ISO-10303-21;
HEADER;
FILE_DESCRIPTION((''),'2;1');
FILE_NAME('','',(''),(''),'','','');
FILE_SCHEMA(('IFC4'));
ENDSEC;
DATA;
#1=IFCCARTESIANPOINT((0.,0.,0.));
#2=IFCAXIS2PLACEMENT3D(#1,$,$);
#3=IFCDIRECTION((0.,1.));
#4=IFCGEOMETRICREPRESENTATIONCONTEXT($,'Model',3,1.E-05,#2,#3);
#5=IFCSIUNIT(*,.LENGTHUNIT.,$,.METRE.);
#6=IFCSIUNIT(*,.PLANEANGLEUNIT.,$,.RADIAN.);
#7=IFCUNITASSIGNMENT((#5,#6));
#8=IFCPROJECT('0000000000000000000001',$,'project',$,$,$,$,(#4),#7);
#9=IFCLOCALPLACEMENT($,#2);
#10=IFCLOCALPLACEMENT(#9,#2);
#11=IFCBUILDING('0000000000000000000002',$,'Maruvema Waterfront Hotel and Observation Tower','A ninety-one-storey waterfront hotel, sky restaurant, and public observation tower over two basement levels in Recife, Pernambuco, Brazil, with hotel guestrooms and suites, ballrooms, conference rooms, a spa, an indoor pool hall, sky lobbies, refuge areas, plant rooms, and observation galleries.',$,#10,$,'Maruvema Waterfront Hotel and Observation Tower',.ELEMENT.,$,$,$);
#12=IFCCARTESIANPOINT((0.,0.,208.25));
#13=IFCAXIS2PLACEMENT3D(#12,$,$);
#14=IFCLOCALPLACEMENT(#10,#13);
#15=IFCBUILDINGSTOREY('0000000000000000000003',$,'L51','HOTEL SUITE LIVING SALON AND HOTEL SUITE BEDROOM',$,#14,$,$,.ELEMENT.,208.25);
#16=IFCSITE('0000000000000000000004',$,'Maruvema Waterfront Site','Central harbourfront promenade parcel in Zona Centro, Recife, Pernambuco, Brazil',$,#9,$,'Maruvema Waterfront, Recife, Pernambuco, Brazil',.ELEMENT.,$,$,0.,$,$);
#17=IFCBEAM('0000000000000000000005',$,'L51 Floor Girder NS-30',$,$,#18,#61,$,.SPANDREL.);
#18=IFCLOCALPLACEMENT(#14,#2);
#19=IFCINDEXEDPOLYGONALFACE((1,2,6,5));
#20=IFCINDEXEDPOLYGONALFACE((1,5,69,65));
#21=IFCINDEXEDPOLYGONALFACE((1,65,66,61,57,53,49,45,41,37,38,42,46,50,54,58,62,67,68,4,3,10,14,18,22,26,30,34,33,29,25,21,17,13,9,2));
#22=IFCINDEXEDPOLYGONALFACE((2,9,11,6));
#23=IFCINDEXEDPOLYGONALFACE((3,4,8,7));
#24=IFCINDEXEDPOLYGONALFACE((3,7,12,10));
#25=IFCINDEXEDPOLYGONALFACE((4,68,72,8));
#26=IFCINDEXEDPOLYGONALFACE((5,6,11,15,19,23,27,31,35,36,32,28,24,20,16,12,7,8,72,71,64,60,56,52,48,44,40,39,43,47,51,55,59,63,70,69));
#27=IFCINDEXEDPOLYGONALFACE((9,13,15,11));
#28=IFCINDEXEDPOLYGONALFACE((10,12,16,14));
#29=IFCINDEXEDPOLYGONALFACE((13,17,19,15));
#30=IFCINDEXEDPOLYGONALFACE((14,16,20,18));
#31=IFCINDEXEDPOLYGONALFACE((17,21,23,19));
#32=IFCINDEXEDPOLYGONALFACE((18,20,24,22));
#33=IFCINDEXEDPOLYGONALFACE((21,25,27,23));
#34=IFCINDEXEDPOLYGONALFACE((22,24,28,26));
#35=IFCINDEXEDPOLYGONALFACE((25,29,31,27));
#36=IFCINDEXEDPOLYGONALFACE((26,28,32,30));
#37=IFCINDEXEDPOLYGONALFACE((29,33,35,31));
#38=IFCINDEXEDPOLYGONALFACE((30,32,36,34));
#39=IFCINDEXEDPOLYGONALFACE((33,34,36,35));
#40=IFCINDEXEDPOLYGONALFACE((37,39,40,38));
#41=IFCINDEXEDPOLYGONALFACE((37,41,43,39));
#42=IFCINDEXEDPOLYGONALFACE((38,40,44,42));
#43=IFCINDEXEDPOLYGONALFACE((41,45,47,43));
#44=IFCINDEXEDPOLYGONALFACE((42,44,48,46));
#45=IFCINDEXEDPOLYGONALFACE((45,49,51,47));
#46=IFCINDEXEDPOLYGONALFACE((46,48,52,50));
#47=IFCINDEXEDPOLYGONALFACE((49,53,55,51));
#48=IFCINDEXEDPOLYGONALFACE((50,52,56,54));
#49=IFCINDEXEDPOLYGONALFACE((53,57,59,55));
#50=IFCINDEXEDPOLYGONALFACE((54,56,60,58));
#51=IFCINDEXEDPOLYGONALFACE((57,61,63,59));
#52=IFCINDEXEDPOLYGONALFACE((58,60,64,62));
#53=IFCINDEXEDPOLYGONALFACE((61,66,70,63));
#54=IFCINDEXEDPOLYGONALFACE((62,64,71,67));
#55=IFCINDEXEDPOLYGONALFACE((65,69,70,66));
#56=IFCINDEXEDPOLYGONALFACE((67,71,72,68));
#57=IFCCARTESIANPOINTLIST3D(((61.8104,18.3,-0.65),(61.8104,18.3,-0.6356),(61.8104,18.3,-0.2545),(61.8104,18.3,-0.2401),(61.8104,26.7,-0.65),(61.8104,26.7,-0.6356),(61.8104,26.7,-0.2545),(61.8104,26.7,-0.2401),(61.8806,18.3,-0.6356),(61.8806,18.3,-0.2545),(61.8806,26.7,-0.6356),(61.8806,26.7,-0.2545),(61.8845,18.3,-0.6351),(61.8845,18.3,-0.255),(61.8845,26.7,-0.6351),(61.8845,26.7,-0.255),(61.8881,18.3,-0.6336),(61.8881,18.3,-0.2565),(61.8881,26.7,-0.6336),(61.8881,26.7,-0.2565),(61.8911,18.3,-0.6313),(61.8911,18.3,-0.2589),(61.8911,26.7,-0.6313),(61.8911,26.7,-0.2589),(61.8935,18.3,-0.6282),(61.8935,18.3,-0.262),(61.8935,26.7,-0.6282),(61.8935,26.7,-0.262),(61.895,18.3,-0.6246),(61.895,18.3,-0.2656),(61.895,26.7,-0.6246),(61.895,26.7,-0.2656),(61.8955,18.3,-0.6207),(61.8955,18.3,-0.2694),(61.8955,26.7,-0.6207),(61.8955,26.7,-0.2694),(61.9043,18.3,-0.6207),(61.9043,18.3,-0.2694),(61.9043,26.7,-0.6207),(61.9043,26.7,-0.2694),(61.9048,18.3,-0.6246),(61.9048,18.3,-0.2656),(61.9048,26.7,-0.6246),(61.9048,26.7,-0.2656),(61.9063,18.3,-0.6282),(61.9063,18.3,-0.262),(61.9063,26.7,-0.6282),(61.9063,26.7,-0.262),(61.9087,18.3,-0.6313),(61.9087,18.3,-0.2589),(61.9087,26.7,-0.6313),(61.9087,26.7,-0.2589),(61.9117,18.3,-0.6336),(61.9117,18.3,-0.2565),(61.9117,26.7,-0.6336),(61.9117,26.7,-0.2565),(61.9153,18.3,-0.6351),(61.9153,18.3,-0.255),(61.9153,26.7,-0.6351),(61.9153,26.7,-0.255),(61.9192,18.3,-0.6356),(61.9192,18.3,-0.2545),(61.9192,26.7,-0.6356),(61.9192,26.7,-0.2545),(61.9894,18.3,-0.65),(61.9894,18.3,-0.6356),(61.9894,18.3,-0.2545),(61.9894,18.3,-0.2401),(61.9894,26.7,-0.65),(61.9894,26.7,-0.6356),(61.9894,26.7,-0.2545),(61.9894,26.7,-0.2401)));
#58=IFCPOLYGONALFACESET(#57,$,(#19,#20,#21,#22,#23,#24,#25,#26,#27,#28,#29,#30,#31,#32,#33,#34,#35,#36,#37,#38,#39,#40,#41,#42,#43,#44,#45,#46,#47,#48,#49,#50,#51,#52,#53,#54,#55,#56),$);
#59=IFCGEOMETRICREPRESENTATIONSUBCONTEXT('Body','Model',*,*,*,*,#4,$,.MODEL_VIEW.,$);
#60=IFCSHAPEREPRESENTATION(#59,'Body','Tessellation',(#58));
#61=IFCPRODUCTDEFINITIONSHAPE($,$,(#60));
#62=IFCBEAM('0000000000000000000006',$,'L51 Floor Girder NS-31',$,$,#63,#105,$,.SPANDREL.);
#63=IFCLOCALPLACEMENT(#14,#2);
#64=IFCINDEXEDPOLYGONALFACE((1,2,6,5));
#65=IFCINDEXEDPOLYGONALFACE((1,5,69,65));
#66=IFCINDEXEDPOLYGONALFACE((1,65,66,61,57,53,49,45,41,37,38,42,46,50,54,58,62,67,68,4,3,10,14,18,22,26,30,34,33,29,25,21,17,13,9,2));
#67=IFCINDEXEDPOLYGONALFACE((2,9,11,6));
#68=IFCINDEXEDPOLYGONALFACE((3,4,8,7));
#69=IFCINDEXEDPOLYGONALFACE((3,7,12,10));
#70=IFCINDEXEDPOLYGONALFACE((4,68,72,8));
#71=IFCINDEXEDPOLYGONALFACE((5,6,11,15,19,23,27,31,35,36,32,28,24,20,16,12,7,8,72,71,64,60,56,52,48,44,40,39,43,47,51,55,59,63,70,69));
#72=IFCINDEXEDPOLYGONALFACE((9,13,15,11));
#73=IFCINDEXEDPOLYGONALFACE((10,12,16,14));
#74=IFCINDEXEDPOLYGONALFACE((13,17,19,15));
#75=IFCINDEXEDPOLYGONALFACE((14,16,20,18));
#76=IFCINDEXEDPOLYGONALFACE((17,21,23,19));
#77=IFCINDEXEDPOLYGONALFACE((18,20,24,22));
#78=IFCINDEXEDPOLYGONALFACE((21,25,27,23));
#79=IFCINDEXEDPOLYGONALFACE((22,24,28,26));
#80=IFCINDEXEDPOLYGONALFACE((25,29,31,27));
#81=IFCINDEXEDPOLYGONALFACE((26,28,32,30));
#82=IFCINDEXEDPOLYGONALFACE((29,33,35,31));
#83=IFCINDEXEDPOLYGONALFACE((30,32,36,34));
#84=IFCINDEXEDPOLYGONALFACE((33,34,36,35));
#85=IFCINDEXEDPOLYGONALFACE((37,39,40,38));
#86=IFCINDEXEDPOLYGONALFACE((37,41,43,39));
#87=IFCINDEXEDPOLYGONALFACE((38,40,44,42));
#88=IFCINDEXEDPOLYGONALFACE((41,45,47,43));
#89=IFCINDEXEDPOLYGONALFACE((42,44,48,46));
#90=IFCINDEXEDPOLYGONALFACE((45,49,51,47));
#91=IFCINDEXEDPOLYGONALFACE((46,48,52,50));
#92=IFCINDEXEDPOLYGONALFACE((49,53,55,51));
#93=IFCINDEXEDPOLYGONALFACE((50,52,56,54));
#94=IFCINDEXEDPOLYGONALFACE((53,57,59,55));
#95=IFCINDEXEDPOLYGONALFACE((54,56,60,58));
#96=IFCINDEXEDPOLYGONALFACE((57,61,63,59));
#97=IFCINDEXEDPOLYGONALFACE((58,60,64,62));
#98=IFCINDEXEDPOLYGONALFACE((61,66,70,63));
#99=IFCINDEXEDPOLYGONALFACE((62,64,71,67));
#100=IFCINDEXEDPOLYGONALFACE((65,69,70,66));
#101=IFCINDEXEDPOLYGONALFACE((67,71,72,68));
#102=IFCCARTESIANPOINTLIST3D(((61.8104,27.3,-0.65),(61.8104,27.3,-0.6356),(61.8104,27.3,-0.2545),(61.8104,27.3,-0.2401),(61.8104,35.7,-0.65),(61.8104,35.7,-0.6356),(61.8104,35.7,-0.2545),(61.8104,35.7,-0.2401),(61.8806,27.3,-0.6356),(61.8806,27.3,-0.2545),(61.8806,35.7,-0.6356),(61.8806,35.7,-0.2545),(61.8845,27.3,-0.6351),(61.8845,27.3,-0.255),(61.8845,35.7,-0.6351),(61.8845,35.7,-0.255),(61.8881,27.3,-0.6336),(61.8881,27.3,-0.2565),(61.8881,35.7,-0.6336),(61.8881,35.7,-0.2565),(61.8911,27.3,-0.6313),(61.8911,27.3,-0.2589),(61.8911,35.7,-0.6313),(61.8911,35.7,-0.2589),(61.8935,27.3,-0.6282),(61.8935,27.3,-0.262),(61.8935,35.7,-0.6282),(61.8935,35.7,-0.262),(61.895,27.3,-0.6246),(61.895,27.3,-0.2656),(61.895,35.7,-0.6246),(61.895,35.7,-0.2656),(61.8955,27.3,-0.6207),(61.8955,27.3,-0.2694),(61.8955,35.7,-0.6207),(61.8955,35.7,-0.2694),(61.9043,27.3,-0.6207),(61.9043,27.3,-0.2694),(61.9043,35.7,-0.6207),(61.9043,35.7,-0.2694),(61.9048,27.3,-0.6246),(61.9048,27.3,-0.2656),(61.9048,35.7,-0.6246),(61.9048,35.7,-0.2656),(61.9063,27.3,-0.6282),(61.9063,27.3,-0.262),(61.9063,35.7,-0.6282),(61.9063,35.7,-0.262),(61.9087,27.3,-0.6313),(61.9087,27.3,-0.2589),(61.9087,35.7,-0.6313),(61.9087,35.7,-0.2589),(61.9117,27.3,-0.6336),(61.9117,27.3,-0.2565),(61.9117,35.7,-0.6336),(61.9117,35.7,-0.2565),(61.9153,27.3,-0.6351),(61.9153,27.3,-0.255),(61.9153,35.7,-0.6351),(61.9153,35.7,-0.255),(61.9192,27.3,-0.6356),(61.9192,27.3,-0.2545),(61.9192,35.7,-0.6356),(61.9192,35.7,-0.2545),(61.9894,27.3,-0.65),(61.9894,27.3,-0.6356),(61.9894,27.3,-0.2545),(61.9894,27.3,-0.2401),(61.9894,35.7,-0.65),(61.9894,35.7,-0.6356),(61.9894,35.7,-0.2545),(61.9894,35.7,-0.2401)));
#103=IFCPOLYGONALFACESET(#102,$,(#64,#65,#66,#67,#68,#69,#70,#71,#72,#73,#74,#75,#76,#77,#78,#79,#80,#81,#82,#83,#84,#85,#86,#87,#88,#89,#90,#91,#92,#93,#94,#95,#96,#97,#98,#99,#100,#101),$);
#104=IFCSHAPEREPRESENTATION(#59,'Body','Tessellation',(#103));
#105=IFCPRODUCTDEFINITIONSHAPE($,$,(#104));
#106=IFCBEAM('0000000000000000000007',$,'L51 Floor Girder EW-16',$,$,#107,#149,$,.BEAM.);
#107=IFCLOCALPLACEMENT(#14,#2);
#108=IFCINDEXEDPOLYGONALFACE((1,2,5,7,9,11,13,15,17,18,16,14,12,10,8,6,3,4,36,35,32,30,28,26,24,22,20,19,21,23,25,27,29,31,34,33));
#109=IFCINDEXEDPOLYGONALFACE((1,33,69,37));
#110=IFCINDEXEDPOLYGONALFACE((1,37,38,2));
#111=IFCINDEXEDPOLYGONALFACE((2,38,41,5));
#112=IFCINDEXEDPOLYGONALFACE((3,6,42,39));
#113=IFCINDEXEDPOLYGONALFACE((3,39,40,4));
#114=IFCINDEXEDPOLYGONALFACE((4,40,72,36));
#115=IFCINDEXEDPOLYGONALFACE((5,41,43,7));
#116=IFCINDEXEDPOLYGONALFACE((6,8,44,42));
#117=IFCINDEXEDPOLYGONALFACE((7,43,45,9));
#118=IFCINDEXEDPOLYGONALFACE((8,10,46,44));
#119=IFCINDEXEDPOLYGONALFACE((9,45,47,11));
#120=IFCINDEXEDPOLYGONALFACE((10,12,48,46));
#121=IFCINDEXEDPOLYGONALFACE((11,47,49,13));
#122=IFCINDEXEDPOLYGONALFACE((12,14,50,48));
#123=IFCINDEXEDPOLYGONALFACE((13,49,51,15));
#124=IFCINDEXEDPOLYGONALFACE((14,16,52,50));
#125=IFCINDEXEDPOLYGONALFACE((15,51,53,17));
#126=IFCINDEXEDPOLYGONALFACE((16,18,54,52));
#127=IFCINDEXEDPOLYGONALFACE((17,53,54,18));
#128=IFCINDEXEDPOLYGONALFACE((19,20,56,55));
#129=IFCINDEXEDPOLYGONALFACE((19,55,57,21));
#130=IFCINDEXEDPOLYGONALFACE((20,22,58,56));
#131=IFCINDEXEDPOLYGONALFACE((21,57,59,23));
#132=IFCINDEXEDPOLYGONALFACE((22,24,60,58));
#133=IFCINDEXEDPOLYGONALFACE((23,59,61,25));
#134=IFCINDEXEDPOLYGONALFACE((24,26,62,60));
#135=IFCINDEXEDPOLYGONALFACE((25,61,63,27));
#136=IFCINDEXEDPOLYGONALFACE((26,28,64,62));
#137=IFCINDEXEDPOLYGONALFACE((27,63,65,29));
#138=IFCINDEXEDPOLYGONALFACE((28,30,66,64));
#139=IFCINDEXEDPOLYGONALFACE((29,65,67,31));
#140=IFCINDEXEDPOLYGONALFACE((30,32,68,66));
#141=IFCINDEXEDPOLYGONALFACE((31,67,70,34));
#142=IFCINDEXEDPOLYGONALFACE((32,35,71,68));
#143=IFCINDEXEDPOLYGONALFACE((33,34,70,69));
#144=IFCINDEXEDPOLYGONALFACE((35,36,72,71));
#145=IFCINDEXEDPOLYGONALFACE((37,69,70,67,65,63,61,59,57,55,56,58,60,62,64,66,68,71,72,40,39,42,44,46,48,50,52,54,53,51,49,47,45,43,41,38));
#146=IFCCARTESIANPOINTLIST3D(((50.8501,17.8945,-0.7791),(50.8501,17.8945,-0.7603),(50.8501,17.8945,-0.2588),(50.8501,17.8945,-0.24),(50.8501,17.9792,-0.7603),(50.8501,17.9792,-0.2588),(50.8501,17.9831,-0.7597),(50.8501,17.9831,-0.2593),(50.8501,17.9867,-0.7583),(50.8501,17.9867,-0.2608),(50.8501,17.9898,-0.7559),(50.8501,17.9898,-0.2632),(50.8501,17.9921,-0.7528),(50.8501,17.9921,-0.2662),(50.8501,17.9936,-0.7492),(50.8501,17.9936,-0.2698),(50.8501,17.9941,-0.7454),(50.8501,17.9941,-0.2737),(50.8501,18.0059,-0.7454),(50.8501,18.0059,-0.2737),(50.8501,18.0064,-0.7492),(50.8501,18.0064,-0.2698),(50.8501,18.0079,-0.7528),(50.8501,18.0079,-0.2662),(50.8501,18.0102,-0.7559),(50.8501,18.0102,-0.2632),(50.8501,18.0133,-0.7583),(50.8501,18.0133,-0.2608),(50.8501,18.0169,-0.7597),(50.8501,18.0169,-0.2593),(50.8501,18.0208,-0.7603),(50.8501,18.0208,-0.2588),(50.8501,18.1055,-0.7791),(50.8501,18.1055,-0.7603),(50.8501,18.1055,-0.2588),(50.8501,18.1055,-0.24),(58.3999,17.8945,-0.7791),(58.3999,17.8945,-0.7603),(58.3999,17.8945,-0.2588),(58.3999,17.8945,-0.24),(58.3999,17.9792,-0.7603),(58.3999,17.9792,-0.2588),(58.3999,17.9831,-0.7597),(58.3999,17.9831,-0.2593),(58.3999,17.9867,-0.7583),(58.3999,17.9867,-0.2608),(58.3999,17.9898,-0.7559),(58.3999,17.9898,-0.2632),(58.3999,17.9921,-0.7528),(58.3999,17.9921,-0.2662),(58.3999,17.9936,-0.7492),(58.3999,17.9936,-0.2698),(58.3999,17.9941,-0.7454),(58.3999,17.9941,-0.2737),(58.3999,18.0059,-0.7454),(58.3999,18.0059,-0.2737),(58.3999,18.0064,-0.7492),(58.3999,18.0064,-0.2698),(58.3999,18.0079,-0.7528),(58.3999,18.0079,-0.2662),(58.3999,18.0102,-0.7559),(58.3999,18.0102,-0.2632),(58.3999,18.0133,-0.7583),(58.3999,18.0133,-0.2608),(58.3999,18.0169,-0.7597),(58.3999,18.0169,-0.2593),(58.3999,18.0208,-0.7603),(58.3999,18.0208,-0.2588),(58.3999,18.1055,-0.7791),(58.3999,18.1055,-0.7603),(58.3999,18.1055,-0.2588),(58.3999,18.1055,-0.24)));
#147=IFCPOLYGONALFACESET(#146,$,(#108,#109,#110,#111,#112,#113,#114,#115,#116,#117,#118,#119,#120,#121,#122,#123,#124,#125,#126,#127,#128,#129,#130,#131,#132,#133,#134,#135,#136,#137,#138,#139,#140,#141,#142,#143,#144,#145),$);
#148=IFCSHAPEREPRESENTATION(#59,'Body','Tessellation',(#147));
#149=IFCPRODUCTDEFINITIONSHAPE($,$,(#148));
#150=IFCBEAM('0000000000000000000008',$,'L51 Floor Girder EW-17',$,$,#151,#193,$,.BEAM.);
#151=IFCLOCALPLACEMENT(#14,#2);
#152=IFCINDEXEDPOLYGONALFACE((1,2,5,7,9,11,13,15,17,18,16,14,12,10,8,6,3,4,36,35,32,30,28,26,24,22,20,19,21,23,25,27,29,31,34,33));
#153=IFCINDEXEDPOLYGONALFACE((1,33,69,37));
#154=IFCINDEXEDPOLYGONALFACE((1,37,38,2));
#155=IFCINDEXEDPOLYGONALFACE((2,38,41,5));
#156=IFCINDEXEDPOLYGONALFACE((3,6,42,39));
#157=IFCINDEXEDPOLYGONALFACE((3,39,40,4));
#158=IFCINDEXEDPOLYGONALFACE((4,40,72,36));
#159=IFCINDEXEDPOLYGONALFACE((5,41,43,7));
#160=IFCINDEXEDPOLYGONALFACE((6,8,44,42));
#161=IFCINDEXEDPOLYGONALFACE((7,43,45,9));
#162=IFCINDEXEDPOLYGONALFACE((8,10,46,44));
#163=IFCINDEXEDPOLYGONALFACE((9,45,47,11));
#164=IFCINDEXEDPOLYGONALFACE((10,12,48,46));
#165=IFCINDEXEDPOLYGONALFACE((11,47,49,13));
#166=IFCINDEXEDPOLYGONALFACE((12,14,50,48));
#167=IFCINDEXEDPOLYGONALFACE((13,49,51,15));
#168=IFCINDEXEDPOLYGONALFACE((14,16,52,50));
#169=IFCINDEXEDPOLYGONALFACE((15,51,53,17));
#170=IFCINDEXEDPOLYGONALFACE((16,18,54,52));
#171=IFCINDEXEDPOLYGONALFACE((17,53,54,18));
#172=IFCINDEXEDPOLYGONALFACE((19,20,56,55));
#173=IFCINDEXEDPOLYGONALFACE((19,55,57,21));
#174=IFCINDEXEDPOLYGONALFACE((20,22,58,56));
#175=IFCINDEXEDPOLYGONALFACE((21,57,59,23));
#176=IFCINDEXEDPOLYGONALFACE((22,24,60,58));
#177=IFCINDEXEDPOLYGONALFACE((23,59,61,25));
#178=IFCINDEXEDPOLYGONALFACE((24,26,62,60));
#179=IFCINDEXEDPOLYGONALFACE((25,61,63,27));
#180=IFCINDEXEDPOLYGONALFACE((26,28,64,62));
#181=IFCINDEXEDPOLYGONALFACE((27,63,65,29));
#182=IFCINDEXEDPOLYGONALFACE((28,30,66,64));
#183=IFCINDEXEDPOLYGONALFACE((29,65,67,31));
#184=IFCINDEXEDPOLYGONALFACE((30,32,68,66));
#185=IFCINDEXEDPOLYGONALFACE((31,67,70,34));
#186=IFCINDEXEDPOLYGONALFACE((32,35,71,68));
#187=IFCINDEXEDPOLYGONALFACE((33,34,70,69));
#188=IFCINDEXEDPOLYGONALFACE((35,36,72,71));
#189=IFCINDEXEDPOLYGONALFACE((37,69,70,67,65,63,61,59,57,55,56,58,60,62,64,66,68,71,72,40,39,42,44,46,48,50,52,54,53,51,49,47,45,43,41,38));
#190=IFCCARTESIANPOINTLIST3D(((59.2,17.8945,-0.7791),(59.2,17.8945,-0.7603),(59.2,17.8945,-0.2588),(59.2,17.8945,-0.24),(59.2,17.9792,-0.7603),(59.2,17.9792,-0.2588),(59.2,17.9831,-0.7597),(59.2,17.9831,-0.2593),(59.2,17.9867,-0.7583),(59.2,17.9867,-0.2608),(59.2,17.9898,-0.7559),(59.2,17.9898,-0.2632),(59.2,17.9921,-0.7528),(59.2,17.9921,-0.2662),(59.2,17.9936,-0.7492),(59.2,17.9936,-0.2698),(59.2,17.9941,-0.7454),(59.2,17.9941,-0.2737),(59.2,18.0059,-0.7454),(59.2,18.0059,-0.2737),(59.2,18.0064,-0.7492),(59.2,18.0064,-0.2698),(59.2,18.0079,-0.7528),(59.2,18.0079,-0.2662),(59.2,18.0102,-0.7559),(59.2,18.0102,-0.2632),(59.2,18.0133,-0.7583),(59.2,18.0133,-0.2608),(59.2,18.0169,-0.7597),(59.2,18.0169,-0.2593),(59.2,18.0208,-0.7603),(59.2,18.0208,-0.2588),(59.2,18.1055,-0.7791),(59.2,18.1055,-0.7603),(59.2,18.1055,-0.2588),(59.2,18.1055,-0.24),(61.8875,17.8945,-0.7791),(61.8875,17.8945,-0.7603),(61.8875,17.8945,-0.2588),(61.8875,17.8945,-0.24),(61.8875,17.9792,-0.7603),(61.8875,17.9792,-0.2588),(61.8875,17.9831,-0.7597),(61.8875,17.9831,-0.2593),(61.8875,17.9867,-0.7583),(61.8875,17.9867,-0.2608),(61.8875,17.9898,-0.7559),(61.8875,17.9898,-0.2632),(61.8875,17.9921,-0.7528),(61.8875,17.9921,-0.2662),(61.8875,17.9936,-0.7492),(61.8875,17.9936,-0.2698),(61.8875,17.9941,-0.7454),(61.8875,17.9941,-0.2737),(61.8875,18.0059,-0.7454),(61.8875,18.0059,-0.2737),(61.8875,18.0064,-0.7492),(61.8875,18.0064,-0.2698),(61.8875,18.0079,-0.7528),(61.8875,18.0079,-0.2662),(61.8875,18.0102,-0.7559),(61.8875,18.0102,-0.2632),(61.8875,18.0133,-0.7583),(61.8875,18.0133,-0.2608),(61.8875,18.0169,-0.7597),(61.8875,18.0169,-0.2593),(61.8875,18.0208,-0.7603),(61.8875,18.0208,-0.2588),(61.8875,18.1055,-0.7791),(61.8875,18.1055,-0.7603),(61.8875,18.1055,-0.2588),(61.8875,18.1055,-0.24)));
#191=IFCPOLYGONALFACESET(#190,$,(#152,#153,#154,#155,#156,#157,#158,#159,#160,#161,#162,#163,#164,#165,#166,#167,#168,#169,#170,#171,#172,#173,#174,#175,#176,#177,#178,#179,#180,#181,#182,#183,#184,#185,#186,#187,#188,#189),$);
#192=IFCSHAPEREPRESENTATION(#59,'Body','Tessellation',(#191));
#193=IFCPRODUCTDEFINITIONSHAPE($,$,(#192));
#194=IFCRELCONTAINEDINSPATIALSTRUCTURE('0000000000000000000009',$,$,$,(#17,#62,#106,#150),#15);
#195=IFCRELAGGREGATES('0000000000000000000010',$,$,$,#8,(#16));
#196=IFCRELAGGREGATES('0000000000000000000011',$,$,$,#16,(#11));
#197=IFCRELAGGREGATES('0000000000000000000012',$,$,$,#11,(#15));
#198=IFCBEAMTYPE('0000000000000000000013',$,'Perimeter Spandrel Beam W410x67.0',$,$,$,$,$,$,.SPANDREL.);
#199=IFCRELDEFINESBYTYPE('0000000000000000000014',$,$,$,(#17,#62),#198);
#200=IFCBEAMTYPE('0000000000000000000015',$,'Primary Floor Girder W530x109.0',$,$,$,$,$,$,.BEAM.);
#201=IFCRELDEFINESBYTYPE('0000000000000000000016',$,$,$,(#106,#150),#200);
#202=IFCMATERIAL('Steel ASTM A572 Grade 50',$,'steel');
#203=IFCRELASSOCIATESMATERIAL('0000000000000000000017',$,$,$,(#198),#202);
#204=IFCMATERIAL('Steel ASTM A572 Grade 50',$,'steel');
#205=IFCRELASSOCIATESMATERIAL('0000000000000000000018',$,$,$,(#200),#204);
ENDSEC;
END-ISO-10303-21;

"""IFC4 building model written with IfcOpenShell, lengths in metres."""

from ifc_helpers import new_model, si_unit, direction, frame, origin, origin_2d, place, context, subcontext, project, spatial, i_section, extrude, material, material_profile, profile_set, type_object, element, save


model = new_model("IFC4")

# Units and contexts
model_context = context("Model", 3, precision=1e-05, world=origin(), true_north=direction((0.0, 1.0)))
body_context = subcontext(model_context, "Body", "Model", "MODEL_VIEW")
ifc_project = project(units=[si_unit("LENGTHUNIT", "METRE"), si_unit("PLANEANGLEUNIT", "RADIAN")], contexts=[model_context])

# Site, building, storey
site_placement = place(None, origin())
site = spatial("IfcSite", under=ifc_project, at=site_placement, Name="Maruvema Waterfront Site", Description="Central harbourfront promenade parcel in Zona Centro, Recife, Pernambuco, Brazil", LongName="Maruvema Waterfront, Recife, Pernambuco, Brazil", CompositionType="ELEMENT", RefElevation=0.0)
building_placement = place(site_placement, origin())
building = spatial("IfcBuilding", under=site, at=building_placement, Name="Maruvema Waterfront Hotel and Observation Tower", Description="A ninety-one-storey waterfront hotel, sky restaurant, and public observation tower over two basement levels in Recife, Pernambuco, Brazil, with hotel guestrooms and suites, ballrooms, conference rooms, a spa, an indoor pool hall, sky lobbies, refuge areas, plant rooms, and observation galleries.", LongName="Maruvema Waterfront Hotel and Observation Tower", CompositionType="ELEMENT")
storey_placement = place(building_placement, frame((0.0, 0.0, 208.25)))
storey = spatial("IfcBuildingStorey", under=building, at=storey_placement, Name="L51", Description="HOTEL SUITE LIVING SALON AND HOTEL SUITE BEDROOM", CompositionType="ELEMENT", Elevation=208.25)

# Beams
ifc_material_1 = material(Name="Steel ASTM A572 Grade 50", Category="steel")
ifc_material_profile_1 = material_profile(ifc_material_1, i_section(OverallWidth=0.179, OverallDepth=0.4099, WebThickness=0.0088, FlangeThickness=0.0144, FilletRadius=0.0149, at=origin_2d()), Name="W410x67.0")
ifc_profile_set_1 = profile_set([ifc_material_profile_1], Name="Steel ASTM A572 Grade 50")
beam_type_1 = type_object("IfcBeamType", Name="Perimeter Spandrel Beam W410x67.0", PredefinedType="SPANDREL", material=ifc_profile_set_1)
for number, where, z_axis, x_axis, name in (
    (1, (61.8999, 18.3, -0.4451), (0.0, 1.0, 0.0), (-1.0, 0.0, 0.0), "L51 Floor Girder NS-30"),
    (2, (61.8999, 27.3, -0.4451), (0.0, 1.0, 0.0), (-1.0, 0.0, 0.0), "L51 Floor Girder NS-31"),
):
    element("IfcBeam", number, at=place(storey_placement, frame(where, z_axis=z_axis, x_axis=x_axis)), inside=storey, type_object=beam_type_1, Name=name, PredefinedType="SPANDREL", context=body_context, shape_type="SweptSolid", body=[
        extrude(i_section(OverallWidth=0.179, OverallDepth=0.4099, WebThickness=0.0088, FlangeThickness=0.0144, FilletRadius=0.0149, at=origin_2d()), origin(), (0.0, 0.0, 1.0), 8.3999),
    ])
ifc_material_2 = material(Name="Steel ASTM A572 Grade 50", Category="steel")
ifc_material_profile_2 = material_profile(ifc_material_2, i_section(OverallWidth=0.2109, OverallDepth=0.5391, WebThickness=0.0117, FlangeThickness=0.0188, FilletRadius=0.0149, at=origin_2d()), Name="W530x109.0")
ifc_profile_set_2 = profile_set([ifc_material_profile_2], Name="Steel ASTM A572 Grade 50")
beam_type_2 = type_object("IfcBeamType", Name="Primary Floor Girder W530x109.0", PredefinedType="BEAM", material=ifc_profile_set_2)
beam_1_placement = place(storey_placement, frame((50.8501, 18.0, -0.5095), z_axis=(1.0, 0.0, 0.0), x_axis=(0.0, 1.0, 0.0)))
element("IfcBeam", 3, at=beam_1_placement, inside=storey, type_object=beam_type_2, Name="L51 Floor Girder EW-16", PredefinedType="BEAM", context=body_context, shape_type="SweptSolid", body=[
    extrude(i_section(OverallWidth=0.2109, OverallDepth=0.5391, WebThickness=0.0117, FlangeThickness=0.0188, FilletRadius=0.0149, at=origin_2d()), origin(), (0.0, 0.0, 1.0), 7.5498),
])
beam_2_placement = place(storey_placement, frame((59.2, 18.0, -0.5095), z_axis=(1.0, 0.0, 0.0), x_axis=(0.0, 1.0, 0.0)))
element("IfcBeam", 4, at=beam_2_placement, inside=storey, type_object=beam_type_2, Name="L51 Floor Girder EW-17", PredefinedType="BEAM", context=body_context, shape_type="SweptSolid", body=[
    extrude(i_section(OverallWidth=0.2109, OverallDepth=0.5391, WebThickness=0.0117, FlangeThickness=0.0188, FilletRadius=0.0149, at=origin_2d()), origin(), (0.0, 0.0, 1.0), 2.6875),
])

save(model, "model.ifc")
